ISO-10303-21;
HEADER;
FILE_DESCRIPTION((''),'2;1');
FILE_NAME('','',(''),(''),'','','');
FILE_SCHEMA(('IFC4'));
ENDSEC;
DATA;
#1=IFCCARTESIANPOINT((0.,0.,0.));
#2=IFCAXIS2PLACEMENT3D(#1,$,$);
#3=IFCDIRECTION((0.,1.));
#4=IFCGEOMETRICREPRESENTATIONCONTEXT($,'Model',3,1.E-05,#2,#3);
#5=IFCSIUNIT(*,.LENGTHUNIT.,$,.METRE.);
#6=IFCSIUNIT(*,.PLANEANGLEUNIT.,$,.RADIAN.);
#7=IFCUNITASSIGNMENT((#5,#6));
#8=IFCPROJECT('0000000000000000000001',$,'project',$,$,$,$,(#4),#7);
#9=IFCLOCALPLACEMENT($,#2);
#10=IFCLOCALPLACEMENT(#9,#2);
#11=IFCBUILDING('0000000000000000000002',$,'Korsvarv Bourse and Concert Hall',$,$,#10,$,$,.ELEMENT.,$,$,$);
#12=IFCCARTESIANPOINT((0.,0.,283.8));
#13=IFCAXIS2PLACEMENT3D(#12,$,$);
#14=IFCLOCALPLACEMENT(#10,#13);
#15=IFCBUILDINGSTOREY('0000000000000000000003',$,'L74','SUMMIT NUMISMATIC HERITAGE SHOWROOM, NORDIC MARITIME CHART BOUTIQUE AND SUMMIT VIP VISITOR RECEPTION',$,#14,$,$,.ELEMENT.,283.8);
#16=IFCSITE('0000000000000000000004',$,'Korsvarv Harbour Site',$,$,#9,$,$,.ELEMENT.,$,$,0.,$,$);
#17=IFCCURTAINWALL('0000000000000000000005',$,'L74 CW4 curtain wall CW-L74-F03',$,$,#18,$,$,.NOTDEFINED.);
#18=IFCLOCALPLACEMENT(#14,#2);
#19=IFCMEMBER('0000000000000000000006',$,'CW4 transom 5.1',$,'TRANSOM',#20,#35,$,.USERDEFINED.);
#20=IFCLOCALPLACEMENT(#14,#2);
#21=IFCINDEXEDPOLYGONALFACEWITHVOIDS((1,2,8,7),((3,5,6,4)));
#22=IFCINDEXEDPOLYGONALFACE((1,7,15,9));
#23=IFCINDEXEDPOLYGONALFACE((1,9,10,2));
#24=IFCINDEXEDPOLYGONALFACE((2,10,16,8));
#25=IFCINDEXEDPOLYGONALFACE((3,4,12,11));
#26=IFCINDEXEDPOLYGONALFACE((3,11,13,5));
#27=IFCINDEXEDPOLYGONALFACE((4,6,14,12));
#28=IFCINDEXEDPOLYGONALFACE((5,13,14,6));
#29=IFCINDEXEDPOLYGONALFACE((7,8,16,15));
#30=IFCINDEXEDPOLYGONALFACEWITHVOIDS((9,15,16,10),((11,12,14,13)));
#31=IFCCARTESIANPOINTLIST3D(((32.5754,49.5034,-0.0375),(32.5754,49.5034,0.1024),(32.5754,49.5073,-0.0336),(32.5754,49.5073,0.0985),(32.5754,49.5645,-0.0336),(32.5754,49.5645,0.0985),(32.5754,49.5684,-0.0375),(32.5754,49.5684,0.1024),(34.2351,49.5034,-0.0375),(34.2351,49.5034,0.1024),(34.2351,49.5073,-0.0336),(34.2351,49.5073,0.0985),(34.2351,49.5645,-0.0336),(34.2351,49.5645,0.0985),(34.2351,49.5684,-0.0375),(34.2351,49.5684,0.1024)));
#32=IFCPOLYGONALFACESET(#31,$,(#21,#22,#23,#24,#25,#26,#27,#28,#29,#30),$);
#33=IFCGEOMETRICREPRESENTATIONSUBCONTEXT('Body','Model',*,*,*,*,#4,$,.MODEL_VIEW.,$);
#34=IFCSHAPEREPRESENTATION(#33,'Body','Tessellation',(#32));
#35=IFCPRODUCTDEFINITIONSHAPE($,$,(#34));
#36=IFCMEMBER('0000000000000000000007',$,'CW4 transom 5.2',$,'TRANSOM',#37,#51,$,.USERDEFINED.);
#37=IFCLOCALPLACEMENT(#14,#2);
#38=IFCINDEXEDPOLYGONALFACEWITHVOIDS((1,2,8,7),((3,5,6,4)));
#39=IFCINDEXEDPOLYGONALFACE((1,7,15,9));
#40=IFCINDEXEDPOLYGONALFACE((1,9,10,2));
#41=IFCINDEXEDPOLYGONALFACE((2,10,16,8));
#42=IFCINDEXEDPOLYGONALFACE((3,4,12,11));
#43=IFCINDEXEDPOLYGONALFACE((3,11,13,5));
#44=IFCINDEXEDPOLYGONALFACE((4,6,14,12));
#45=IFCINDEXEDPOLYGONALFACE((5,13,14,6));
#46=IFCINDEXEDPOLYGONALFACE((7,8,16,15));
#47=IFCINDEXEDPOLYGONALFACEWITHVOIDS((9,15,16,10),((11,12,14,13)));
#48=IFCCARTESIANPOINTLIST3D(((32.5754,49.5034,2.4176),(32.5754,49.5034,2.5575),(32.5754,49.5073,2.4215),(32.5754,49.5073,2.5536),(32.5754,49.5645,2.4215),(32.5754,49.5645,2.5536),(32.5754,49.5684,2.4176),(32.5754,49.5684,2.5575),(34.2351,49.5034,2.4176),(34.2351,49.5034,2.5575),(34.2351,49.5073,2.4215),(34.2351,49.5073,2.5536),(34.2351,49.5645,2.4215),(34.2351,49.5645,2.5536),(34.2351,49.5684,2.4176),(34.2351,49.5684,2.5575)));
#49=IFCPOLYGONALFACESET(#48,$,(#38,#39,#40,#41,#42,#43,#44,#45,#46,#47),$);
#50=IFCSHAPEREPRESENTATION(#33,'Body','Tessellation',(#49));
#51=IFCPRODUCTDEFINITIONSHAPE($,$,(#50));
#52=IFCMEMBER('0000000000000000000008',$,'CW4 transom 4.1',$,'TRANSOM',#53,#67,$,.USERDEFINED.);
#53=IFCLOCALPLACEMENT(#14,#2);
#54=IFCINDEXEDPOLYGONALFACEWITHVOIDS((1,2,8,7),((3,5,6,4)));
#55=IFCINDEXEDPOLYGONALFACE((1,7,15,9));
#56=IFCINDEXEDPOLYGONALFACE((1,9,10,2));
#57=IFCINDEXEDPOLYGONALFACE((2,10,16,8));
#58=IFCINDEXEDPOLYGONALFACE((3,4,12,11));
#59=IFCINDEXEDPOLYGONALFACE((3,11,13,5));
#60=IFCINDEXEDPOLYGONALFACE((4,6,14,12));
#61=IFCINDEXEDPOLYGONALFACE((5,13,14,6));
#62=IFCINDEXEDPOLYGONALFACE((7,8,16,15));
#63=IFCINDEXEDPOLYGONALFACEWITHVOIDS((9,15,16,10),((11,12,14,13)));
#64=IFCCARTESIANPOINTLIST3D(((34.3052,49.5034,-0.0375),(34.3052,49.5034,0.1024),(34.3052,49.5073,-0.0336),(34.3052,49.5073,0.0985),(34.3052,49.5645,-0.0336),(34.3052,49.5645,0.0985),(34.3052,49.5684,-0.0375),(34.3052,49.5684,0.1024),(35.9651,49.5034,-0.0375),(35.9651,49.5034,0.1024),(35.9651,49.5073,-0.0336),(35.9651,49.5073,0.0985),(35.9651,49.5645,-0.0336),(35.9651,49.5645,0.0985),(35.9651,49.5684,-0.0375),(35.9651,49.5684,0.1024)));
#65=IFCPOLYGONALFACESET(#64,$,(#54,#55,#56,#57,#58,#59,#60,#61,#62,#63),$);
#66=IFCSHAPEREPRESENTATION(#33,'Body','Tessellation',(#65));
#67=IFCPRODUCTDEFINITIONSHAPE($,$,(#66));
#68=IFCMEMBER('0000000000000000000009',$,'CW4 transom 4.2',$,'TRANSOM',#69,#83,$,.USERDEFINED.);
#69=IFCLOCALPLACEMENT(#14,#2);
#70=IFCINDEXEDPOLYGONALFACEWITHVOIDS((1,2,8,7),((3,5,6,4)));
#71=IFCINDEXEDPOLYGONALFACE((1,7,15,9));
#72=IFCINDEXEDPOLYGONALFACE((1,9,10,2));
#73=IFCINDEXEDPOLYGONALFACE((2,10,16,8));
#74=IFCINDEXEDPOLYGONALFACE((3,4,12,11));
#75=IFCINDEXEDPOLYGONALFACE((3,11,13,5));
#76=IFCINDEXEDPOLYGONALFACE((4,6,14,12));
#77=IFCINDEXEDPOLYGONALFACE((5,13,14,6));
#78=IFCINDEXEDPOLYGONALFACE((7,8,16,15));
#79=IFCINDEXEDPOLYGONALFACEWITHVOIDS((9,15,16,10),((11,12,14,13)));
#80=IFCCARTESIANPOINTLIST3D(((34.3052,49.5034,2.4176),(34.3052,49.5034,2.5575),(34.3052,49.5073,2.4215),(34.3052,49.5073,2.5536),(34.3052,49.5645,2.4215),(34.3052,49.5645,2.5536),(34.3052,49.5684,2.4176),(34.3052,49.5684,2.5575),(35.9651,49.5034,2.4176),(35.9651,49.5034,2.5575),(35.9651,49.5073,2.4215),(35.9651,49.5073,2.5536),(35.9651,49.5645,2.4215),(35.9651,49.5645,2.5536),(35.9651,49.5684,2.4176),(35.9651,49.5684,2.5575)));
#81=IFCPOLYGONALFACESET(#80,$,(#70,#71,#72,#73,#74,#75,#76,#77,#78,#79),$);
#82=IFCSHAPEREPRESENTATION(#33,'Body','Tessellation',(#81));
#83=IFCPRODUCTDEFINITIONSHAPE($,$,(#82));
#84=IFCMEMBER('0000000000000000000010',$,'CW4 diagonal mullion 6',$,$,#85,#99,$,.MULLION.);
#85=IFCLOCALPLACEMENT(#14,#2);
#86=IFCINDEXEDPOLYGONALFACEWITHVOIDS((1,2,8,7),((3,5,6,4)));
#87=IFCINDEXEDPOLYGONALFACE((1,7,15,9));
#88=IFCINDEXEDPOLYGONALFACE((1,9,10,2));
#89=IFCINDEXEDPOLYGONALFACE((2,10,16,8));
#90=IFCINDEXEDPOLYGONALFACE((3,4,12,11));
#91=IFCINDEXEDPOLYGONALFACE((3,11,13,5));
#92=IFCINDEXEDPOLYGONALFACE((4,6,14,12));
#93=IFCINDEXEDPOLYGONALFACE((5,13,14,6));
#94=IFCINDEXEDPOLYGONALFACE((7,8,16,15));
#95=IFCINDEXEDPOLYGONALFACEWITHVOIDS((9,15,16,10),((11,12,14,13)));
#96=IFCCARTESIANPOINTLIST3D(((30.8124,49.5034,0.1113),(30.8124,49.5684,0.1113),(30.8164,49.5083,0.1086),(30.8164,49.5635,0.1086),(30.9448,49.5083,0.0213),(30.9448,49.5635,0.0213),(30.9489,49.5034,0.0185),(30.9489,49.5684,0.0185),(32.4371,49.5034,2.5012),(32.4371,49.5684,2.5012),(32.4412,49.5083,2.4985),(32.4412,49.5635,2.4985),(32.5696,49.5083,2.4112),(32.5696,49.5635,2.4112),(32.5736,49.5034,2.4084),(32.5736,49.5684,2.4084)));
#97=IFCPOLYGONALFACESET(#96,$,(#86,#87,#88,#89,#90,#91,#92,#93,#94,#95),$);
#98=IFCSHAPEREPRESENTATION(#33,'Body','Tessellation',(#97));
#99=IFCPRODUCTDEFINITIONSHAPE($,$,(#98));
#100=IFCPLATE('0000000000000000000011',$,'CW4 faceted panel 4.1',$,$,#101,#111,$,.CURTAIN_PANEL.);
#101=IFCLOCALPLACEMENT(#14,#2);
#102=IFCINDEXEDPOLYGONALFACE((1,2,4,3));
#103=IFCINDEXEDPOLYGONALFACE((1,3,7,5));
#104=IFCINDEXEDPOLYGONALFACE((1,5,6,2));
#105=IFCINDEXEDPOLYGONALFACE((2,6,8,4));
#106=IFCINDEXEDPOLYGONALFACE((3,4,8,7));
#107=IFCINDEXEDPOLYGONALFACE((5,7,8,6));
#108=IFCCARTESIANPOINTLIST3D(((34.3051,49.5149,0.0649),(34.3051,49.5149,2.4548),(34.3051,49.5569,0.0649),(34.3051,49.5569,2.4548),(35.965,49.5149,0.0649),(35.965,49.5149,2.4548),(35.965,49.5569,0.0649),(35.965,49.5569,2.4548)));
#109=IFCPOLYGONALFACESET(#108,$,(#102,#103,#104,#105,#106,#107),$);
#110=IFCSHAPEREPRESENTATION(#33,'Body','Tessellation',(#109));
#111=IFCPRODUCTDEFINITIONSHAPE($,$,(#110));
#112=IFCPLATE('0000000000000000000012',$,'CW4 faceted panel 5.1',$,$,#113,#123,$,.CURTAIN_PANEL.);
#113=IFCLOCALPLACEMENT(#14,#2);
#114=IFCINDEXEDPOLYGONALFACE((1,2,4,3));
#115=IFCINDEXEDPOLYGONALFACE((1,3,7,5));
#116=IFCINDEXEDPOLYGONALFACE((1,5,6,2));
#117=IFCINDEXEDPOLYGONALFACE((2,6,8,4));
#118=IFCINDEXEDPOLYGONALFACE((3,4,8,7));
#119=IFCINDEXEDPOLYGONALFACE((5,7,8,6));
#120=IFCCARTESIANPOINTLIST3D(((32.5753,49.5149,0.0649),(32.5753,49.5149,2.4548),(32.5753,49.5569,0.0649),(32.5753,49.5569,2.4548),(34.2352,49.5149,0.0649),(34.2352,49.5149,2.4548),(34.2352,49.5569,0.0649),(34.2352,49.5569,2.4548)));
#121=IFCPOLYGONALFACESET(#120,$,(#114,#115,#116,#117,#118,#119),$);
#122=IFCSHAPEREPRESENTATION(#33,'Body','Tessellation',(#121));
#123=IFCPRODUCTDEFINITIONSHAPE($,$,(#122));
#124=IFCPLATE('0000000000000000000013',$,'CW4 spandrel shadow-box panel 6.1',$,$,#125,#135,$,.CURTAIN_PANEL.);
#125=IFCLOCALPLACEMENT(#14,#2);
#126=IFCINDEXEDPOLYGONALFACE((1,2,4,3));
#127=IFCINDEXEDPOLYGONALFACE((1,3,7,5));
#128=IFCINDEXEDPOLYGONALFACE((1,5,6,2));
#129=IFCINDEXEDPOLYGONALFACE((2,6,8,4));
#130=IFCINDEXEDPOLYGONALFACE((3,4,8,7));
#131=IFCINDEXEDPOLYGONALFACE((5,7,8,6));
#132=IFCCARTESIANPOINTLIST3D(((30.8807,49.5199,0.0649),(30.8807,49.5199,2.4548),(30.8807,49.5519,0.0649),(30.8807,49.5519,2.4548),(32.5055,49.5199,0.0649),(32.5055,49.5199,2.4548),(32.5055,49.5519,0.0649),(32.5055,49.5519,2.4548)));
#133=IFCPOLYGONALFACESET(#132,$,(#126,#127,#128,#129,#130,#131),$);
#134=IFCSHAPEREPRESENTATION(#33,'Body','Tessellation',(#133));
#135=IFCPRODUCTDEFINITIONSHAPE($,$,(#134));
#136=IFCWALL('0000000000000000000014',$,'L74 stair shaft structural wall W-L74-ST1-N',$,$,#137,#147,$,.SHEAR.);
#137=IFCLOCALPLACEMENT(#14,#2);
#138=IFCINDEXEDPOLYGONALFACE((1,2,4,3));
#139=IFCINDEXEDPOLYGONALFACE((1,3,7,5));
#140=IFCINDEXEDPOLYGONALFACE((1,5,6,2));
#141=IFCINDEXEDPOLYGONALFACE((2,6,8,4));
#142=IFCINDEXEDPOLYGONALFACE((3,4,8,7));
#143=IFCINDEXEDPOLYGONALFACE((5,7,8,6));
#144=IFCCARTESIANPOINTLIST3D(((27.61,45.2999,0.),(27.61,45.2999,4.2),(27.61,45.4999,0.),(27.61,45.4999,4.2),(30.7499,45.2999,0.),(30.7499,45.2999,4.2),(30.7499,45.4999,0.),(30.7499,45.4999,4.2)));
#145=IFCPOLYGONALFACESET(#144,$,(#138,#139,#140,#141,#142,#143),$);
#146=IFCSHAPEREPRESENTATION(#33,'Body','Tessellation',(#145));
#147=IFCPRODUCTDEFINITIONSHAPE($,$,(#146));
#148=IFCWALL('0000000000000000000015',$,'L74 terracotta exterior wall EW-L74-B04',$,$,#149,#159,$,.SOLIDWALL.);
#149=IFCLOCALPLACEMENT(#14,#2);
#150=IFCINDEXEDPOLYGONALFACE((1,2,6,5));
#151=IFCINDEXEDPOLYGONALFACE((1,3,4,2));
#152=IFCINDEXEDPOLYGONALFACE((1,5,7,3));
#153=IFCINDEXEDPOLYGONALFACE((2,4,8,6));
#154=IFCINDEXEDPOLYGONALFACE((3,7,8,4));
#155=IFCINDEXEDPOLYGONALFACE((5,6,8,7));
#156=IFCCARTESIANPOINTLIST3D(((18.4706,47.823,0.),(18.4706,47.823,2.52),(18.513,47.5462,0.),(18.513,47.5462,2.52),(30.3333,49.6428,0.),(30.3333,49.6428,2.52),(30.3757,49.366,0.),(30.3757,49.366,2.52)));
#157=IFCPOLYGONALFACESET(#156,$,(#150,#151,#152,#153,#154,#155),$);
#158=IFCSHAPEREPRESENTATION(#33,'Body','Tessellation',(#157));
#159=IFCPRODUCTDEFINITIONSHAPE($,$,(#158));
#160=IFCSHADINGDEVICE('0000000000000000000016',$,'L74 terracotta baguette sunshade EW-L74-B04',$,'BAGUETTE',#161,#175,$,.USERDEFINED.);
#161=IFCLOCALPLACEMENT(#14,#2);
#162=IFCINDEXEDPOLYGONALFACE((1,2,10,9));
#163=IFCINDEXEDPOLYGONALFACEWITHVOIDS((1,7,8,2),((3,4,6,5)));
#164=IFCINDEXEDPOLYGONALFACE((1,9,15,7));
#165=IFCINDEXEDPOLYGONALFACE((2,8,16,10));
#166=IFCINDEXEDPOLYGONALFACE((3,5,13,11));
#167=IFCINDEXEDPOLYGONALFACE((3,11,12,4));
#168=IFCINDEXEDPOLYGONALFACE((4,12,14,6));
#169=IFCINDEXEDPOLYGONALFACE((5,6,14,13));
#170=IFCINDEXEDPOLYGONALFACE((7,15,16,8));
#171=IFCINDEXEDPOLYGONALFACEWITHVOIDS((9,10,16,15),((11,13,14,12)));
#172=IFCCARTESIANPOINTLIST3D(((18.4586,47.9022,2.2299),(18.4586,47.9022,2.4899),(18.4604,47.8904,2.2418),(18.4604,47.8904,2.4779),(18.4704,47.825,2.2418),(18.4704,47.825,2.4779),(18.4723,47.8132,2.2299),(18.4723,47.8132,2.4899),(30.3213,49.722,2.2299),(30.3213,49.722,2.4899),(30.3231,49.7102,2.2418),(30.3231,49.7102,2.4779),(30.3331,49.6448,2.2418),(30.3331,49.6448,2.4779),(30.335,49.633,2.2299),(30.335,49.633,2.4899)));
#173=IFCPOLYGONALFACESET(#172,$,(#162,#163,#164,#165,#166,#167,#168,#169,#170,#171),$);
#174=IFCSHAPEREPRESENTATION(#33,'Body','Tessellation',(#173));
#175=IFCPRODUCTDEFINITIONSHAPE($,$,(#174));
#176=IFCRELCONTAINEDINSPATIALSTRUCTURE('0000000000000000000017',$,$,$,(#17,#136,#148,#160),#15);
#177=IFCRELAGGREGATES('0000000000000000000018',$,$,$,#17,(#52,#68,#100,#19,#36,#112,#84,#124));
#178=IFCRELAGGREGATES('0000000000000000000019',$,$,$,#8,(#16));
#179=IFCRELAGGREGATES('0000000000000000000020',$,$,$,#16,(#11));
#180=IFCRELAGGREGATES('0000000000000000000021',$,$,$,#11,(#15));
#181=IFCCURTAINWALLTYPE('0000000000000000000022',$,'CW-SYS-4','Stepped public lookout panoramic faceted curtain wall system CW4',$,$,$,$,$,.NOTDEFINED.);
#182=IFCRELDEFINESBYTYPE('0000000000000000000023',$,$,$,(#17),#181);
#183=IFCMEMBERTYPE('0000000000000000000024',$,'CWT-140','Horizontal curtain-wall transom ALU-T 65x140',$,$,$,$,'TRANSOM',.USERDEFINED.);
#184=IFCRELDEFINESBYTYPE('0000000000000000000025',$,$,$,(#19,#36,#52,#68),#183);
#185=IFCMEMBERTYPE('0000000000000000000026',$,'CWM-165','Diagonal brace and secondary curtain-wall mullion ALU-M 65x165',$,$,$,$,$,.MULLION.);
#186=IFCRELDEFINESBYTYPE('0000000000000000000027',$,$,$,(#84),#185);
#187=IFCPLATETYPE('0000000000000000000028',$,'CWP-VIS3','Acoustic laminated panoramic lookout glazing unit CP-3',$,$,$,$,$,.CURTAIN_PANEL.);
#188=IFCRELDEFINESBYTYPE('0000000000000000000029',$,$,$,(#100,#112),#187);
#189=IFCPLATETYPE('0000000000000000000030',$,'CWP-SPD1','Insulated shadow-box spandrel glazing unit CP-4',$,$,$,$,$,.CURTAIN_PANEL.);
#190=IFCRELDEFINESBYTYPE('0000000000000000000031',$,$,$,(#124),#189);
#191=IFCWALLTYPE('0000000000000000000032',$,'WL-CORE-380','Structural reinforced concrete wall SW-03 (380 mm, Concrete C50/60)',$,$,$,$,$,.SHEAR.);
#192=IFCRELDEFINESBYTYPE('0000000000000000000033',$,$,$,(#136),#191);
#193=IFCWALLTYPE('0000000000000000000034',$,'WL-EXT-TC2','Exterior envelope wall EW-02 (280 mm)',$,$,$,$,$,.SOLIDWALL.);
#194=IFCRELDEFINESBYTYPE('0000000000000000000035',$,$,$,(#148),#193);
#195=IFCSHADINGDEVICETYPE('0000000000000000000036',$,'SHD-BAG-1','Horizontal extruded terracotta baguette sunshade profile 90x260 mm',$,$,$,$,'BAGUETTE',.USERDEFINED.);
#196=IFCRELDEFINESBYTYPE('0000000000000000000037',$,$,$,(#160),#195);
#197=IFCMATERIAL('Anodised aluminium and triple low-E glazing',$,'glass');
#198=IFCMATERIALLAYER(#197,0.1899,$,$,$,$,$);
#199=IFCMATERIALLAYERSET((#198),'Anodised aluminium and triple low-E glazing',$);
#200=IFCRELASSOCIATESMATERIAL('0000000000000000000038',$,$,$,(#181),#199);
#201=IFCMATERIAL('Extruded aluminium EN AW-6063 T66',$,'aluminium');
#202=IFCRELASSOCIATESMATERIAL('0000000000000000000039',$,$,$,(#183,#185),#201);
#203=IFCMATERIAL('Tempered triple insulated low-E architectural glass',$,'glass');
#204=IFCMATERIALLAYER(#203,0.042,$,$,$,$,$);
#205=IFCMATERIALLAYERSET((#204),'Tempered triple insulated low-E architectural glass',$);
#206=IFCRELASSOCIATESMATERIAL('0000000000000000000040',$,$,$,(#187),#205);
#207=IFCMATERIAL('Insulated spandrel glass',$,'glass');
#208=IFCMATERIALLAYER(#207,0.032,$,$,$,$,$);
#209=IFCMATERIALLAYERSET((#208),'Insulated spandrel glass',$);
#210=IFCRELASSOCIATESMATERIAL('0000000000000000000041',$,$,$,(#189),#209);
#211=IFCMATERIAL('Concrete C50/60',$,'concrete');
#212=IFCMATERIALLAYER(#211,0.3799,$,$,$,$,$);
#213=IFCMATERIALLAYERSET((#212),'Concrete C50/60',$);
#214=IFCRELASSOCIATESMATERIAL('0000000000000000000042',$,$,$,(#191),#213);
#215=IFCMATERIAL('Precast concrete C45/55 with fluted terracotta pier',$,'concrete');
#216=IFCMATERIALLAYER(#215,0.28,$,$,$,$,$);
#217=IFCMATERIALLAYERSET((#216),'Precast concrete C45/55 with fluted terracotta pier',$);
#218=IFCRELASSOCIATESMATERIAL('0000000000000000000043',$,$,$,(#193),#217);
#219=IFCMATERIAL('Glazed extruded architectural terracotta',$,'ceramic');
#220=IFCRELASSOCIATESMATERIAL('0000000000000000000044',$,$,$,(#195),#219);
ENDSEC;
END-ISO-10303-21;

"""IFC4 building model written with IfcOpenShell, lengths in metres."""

from ifc_helpers import new_model, si_unit, direction, frame, frame_2d, origin, origin_2d, place, context, subcontext, project, spatial, rectangle, hollow_rectangle, extrude, source, transform, mapped, material, layer, layer_set, material_profile, profile_set, type_object, element, aggregate, save


model = new_model("IFC4")

# Units and contexts
model_context = context("Model", 3, precision=1e-05, world=origin(), true_north=direction((0.0, 1.0)))
body_context = subcontext(model_context, "Body", "Model", "MODEL_VIEW")
ifc_project = project(units=[si_unit("LENGTHUNIT", "METRE"), si_unit("PLANEANGLEUNIT", "RADIAN")], contexts=[model_context])

# Site, building, storey
site_placement = place(None, origin())
site = spatial("IfcSite", under=ifc_project, at=site_placement, Name="Korsvarv Harbour Site", CompositionType="ELEMENT", RefElevation=0.0)
building_placement = place(site_placement, origin())
building = spatial("IfcBuilding", under=site, at=building_placement, Name="Korsvarv Bourse and Concert Hall", CompositionType="ELEMENT")
storey_placement = place(building_placement, frame((0.0, 0.0, 283.8)))
storey = spatial("IfcBuildingStorey", under=building, at=storey_placement, Name="L74", Description="SUMMIT NUMISMATIC HERITAGE SHOWROOM, NORDIC MARITIME CHART BOUTIQUE AND SUMMIT VIP VISITOR RECEPTION", CompositionType="ELEMENT", Elevation=283.8)

# Shared definitions
ifc_material_1 = material(Name="Concrete C50/60", Category="concrete")

# Curtain wall, members, plates
ifc_material_2 = material(Name="Anodised aluminium and triple low-E glazing", Category="glass")
ifc_layer_1 = layer(ifc_material_2, 0.1899)
ifc_layer_set_1 = layer_set([ifc_layer_1], Name="Anodised aluminium and triple low-E glazing")
curtain_wall_type = type_object("IfcCurtainWallType", Name="CW-SYS-4", Description="Stepped public lookout panoramic faceted curtain wall system CW4", PredefinedType="NOTDEFINED", material=ifc_layer_set_1)
curtain_wall_placement = place(storey_placement, origin())
curtain_wall = element("IfcCurtainWall", 1, at=curtain_wall_placement, inside=storey, type_object=curtain_wall_type, Name="L74 CW4 curtain wall CW-L74-F03", PredefinedType="NOTDEFINED")
ifc_material_3 = material(Name="Extruded aluminium EN AW-6063 T66", Category="aluminium")
ifc_material_profile_1 = material_profile(ifc_material_3, hollow_rectangle(XDim=0.0649, YDim=0.1399, WallThickness=0.0039, at=origin_2d()), Name="ALU-T 65x140")
ifc_profile_set_1 = profile_set([ifc_material_profile_1], Name="Extruded aluminium EN AW-6063 T66")
member_type_1 = type_object("IfcMemberType", Name="CWT-140", Description="Horizontal curtain-wall transom ALU-T 65x140", ElementType="TRANSOM", PredefinedType="USERDEFINED", material=ifc_profile_set_1)
shared_shape_1 = source(origin(), body_context, "Body", "SweptSolid", [
    extrude(hollow_rectangle(XDim=0.0649, YDim=0.1399, WallThickness=0.0039, at=origin_2d()), origin(), (0.0, 0.0, 1.0), 1.6597),
])
member_1_placement = place(storey_placement, frame((34.2351, 49.5359, 0.0325), z_axis=(-1.0, 0.0, 0.0), x_axis=(0.0, -1.0, 0.0)))
member_1 = element("IfcMember", 2, at=member_1_placement, type_object=member_type_1, Name="CW4 transom 5.1", ObjectType="TRANSOM", PredefinedType="USERDEFINED", context=body_context, shape_type="MappedRepresentation", body=[
    mapped(shared_shape_1, transform((0.0, 0.0, 0.0), scale=1.0)),
])
member_2_placement = place(storey_placement, frame((34.2351, 49.5359, 2.4875), z_axis=(-1.0, 0.0, 0.0), x_axis=(0.0, -1.0, 0.0)))
member_2 = element("IfcMember", 3, at=member_2_placement, type_object=member_type_1, Name="CW4 transom 5.2", ObjectType="TRANSOM", PredefinedType="USERDEFINED", context=body_context, shape_type="MappedRepresentation", body=[
    mapped(shared_shape_1, transform((0.0, 0.0, 0.0), scale=1.0)),
])
shared_shape_2 = source(origin(), body_context, "Body", "SweptSolid", [
    extrude(hollow_rectangle(XDim=0.0649, YDim=0.1399, WallThickness=0.0039, at=origin_2d()), origin(), (0.0, 0.0, 1.0), 1.6599),
])
member_3_placement = place(storey_placement, frame((35.9651, 49.5359, 0.0325), z_axis=(-1.0, 0.0, 0.0), x_axis=(0.0, -1.0, 0.0)))
member_3 = element("IfcMember", 4, at=member_3_placement, type_object=member_type_1, Name="CW4 transom 4.1", ObjectType="TRANSOM", PredefinedType="USERDEFINED", context=body_context, shape_type="MappedRepresentation", body=[
    mapped(shared_shape_2, transform((0.0, 0.0, 0.0), scale=1.0)),
])
member_4_placement = place(storey_placement, frame((35.9651, 49.5359, 2.4875), z_axis=(-1.0, 0.0, 0.0), x_axis=(0.0, -1.0, 0.0)))
member_4 = element("IfcMember", 5, at=member_4_placement, type_object=member_type_1, Name="CW4 transom 4.2", ObjectType="TRANSOM", PredefinedType="USERDEFINED", context=body_context, shape_type="MappedRepresentation", body=[
    mapped(shared_shape_2, transform((0.0, 0.0, 0.0), scale=1.0)),
])
ifc_material_profile_2 = material_profile(ifc_material_3, hollow_rectangle(XDim=0.0649, YDim=0.165, WallThickness=0.0049, at=origin_2d()), Name="ALU-M 65x165")
ifc_profile_set_2 = profile_set([ifc_material_profile_2], Name="Extruded aluminium EN AW-6063 T66")
member_type_2 = type_object("IfcMemberType", Name="CWM-165", Description="Diagonal brace and secondary curtain-wall mullion ALU-M 65x165", PredefinedType="MULLION", material=ifc_profile_set_2)
shared_shape_3 = source(origin(), body_context, "Body", "SweptSolid", [
    extrude(hollow_rectangle(XDim=0.0649, YDim=0.165, WallThickness=0.0049, at=origin_2d()), origin(), (0.0, 0.0, 1.0), 2.8899),
])
member_5_placement = place(storey_placement, frame((30.8806, 49.5359, 0.0649), z_axis=(0.562222, 0.0, 0.826986), x_axis=(0.0, 1.0, 0.0)))
member_5 = element("IfcMember", 6, at=member_5_placement, type_object=member_type_2, Name="CW4 diagonal mullion 6", PredefinedType="MULLION", context=body_context, shape_type="MappedRepresentation", body=[
    mapped(shared_shape_3, transform((0.0, 0.0, 0.0), scale=1.0)),
])
ifc_material_4 = material(Name="Tempered triple insulated low-E architectural glass", Category="glass")
ifc_layer_2 = layer(ifc_material_4, 0.042)
ifc_layer_set_2 = layer_set([ifc_layer_2], Name="Tempered triple insulated low-E architectural glass")
plate_type_1 = type_object("IfcPlateType", Name="CWP-VIS3", Description="Acoustic laminated panoramic lookout glazing unit CP-3", PredefinedType="CURTAIN_PANEL", material=ifc_layer_set_2)
shared_shape_4 = source(origin(), body_context, "Body", "SweptSolid", [
    extrude(rectangle(XDim=1.6599, YDim=0.042, at=origin_2d()), origin(), (0.0, 0.0, 1.0), 2.3899),
])
plate_1_placement = place(storey_placement, frame((35.135, 49.5359, 0.0649), z_axis=(0.0, 0.0, 1.0), x_axis=(-1.0, 0.0, 0.0)))
plate_1 = element("IfcPlate", 7, at=plate_1_placement, type_object=plate_type_1, Name="CW4 faceted panel 4.1", PredefinedType="CURTAIN_PANEL", context=body_context, shape_type="MappedRepresentation", body=[
    mapped(shared_shape_4, transform((0.0, 0.0, 0.0), scale=1.0)),
])
plate_2_placement = place(storey_placement, frame((33.4053, 49.5359, 0.0649), z_axis=(0.0, 0.0, 1.0), x_axis=(-1.0, 0.0, 0.0)))
plate_2 = element("IfcPlate", 8, at=plate_2_placement, type_object=plate_type_1, Name="CW4 faceted panel 5.1", PredefinedType="CURTAIN_PANEL", context=body_context, shape_type="MappedRepresentation", body=[
    mapped(shared_shape_4, transform((0.0, 0.0, 0.0), scale=1.0)),
])
ifc_material_5 = material(Name="Insulated spandrel glass", Category="glass")
ifc_layer_3 = layer(ifc_material_5, 0.032)
ifc_layer_set_3 = layer_set([ifc_layer_3], Name="Insulated spandrel glass")
plate_type_2 = type_object("IfcPlateType", Name="CWP-SPD1", Description="Insulated shadow-box spandrel glazing unit CP-4", PredefinedType="CURTAIN_PANEL", material=ifc_layer_set_3)
shared_shape_5 = source(origin(), body_context, "Body", "SweptSolid", [
    extrude(rectangle(XDim=1.6248, YDim=0.032, at=origin_2d()), origin(), (0.0, 0.0, 1.0), 2.3899),
])
plate_3_placement = place(storey_placement, frame((31.6931, 49.5359, 0.0649), z_axis=(0.0, 0.0, 1.0), x_axis=(-1.0, 0.0, 0.0)))
plate_3 = element("IfcPlate", 9, at=plate_3_placement, type_object=plate_type_2, Name="CW4 spandrel shadow-box panel 6.1", PredefinedType="CURTAIN_PANEL", context=body_context, shape_type="MappedRepresentation", body=[
    mapped(shared_shape_5, transform((0.0, 0.0, 0.0), scale=1.0)),
])
aggregate(curtain_wall, [member_3, member_4, plate_1, member_1, member_2, plate_2, member_5, plate_3])

# Walls
ifc_layer_4 = layer(ifc_material_1, 0.3799)
ifc_layer_set_4 = layer_set([ifc_layer_4], Name="Concrete C50/60")
wall_type_1 = type_object("IfcWallType", Name="WL-CORE-380", Description="Structural reinforced concrete wall SW-03 (380 mm, Concrete C50/60)", PredefinedType="SHEAR", material=ifc_layer_set_4)
wall_1_placement = place(storey_placement, frame((27.6101, 45.3999, 0.0), z_axis=(0.0, 0.0, 1.0), x_axis=(1.0, 0.0, 0.0)))
element("IfcWall", 10, at=wall_1_placement, inside=storey, type_object=wall_type_1, Name="L74 stair shaft structural wall W-L74-ST1-N", PredefinedType="SHEAR", context=body_context, shape_type="SweptSolid", body=[
    extrude(rectangle(XDim=3.1399, YDim=0.2, at=frame_2d((1.5698, 0.0))), origin(), (0.0, 0.0, 1.0), 4.2),
])
ifc_material_6 = material(Name="Precast concrete C45/55 with fluted terracotta pier", Category="concrete")
ifc_layer_5 = layer(ifc_material_6, 0.28)
ifc_layer_set_5 = layer_set([ifc_layer_5], Name="Precast concrete C45/55 with fluted terracotta pier")
wall_type_2 = type_object("IfcWallType", Name="WL-EXT-TC2", Description="Exterior envelope wall EW-02 (280 mm)", PredefinedType="SOLIDWALL", material=ifc_layer_set_5)
wall_2_placement = place(storey_placement, frame((30.3545, 49.5044, 0.0), z_axis=(0.0, 0.0, 1.0), x_axis=(-0.988437, -0.151632, 0.0)))
element("IfcWall", 11, at=wall_2_placement, inside=storey, type_object=wall_type_2, Name="L74 terracotta exterior wall EW-L74-B04", PredefinedType="SOLIDWALL", context=body_context, shape_type="SweptSolid", body=[
    extrude(rectangle(XDim=12.0015, YDim=0.28, at=frame_2d((6.0007, 0.0))), origin(), (0.0, 0.0, 1.0), 2.52),
])

# Shading device
ifc_material_7 = material(Name="Glazed extruded architectural terracotta", Category="ceramic")
ifc_material_profile_3 = material_profile(ifc_material_7, hollow_rectangle(XDim=0.0901, YDim=0.26, WallThickness=0.012, at=origin_2d()), Name="TC-BAG 90x260")
ifc_profile_set_3 = profile_set([ifc_material_profile_3], Name="Glazed extruded architectural terracotta")
shading_device_type = type_object("IfcShadingDeviceType", Name="SHD-BAG-1", Description="Horizontal extruded terracotta baguette sunshade profile 90x260 mm", ElementType="BAGUETTE", PredefinedType="USERDEFINED", material=ifc_profile_set_3)
shared_shape_6 = source(origin(), body_context, "Body", "SweptSolid", [
    extrude(hollow_rectangle(XDim=0.0901, YDim=0.26, WallThickness=0.012, at=origin_2d()), origin(), (0.0, 0.0, 1.0), 12.0015),
])
shading_device_placement = place(storey_placement, frame((30.3281, 49.6775, 2.3599), z_axis=(-0.988437, -0.151632, 0.0), x_axis=(0.151632, -0.988437, 0.0)))
element("IfcShadingDevice", 12, at=shading_device_placement, inside=storey, type_object=shading_device_type, Name="L74 terracotta baguette sunshade EW-L74-B04", ObjectType="BAGUETTE", PredefinedType="USERDEFINED", context=body_context, shape_type="MappedRepresentation", body=[
    mapped(shared_shape_6, transform((0.0, 0.0, 0.0), scale=1.0)),
])

save(model, "model.ifc")
